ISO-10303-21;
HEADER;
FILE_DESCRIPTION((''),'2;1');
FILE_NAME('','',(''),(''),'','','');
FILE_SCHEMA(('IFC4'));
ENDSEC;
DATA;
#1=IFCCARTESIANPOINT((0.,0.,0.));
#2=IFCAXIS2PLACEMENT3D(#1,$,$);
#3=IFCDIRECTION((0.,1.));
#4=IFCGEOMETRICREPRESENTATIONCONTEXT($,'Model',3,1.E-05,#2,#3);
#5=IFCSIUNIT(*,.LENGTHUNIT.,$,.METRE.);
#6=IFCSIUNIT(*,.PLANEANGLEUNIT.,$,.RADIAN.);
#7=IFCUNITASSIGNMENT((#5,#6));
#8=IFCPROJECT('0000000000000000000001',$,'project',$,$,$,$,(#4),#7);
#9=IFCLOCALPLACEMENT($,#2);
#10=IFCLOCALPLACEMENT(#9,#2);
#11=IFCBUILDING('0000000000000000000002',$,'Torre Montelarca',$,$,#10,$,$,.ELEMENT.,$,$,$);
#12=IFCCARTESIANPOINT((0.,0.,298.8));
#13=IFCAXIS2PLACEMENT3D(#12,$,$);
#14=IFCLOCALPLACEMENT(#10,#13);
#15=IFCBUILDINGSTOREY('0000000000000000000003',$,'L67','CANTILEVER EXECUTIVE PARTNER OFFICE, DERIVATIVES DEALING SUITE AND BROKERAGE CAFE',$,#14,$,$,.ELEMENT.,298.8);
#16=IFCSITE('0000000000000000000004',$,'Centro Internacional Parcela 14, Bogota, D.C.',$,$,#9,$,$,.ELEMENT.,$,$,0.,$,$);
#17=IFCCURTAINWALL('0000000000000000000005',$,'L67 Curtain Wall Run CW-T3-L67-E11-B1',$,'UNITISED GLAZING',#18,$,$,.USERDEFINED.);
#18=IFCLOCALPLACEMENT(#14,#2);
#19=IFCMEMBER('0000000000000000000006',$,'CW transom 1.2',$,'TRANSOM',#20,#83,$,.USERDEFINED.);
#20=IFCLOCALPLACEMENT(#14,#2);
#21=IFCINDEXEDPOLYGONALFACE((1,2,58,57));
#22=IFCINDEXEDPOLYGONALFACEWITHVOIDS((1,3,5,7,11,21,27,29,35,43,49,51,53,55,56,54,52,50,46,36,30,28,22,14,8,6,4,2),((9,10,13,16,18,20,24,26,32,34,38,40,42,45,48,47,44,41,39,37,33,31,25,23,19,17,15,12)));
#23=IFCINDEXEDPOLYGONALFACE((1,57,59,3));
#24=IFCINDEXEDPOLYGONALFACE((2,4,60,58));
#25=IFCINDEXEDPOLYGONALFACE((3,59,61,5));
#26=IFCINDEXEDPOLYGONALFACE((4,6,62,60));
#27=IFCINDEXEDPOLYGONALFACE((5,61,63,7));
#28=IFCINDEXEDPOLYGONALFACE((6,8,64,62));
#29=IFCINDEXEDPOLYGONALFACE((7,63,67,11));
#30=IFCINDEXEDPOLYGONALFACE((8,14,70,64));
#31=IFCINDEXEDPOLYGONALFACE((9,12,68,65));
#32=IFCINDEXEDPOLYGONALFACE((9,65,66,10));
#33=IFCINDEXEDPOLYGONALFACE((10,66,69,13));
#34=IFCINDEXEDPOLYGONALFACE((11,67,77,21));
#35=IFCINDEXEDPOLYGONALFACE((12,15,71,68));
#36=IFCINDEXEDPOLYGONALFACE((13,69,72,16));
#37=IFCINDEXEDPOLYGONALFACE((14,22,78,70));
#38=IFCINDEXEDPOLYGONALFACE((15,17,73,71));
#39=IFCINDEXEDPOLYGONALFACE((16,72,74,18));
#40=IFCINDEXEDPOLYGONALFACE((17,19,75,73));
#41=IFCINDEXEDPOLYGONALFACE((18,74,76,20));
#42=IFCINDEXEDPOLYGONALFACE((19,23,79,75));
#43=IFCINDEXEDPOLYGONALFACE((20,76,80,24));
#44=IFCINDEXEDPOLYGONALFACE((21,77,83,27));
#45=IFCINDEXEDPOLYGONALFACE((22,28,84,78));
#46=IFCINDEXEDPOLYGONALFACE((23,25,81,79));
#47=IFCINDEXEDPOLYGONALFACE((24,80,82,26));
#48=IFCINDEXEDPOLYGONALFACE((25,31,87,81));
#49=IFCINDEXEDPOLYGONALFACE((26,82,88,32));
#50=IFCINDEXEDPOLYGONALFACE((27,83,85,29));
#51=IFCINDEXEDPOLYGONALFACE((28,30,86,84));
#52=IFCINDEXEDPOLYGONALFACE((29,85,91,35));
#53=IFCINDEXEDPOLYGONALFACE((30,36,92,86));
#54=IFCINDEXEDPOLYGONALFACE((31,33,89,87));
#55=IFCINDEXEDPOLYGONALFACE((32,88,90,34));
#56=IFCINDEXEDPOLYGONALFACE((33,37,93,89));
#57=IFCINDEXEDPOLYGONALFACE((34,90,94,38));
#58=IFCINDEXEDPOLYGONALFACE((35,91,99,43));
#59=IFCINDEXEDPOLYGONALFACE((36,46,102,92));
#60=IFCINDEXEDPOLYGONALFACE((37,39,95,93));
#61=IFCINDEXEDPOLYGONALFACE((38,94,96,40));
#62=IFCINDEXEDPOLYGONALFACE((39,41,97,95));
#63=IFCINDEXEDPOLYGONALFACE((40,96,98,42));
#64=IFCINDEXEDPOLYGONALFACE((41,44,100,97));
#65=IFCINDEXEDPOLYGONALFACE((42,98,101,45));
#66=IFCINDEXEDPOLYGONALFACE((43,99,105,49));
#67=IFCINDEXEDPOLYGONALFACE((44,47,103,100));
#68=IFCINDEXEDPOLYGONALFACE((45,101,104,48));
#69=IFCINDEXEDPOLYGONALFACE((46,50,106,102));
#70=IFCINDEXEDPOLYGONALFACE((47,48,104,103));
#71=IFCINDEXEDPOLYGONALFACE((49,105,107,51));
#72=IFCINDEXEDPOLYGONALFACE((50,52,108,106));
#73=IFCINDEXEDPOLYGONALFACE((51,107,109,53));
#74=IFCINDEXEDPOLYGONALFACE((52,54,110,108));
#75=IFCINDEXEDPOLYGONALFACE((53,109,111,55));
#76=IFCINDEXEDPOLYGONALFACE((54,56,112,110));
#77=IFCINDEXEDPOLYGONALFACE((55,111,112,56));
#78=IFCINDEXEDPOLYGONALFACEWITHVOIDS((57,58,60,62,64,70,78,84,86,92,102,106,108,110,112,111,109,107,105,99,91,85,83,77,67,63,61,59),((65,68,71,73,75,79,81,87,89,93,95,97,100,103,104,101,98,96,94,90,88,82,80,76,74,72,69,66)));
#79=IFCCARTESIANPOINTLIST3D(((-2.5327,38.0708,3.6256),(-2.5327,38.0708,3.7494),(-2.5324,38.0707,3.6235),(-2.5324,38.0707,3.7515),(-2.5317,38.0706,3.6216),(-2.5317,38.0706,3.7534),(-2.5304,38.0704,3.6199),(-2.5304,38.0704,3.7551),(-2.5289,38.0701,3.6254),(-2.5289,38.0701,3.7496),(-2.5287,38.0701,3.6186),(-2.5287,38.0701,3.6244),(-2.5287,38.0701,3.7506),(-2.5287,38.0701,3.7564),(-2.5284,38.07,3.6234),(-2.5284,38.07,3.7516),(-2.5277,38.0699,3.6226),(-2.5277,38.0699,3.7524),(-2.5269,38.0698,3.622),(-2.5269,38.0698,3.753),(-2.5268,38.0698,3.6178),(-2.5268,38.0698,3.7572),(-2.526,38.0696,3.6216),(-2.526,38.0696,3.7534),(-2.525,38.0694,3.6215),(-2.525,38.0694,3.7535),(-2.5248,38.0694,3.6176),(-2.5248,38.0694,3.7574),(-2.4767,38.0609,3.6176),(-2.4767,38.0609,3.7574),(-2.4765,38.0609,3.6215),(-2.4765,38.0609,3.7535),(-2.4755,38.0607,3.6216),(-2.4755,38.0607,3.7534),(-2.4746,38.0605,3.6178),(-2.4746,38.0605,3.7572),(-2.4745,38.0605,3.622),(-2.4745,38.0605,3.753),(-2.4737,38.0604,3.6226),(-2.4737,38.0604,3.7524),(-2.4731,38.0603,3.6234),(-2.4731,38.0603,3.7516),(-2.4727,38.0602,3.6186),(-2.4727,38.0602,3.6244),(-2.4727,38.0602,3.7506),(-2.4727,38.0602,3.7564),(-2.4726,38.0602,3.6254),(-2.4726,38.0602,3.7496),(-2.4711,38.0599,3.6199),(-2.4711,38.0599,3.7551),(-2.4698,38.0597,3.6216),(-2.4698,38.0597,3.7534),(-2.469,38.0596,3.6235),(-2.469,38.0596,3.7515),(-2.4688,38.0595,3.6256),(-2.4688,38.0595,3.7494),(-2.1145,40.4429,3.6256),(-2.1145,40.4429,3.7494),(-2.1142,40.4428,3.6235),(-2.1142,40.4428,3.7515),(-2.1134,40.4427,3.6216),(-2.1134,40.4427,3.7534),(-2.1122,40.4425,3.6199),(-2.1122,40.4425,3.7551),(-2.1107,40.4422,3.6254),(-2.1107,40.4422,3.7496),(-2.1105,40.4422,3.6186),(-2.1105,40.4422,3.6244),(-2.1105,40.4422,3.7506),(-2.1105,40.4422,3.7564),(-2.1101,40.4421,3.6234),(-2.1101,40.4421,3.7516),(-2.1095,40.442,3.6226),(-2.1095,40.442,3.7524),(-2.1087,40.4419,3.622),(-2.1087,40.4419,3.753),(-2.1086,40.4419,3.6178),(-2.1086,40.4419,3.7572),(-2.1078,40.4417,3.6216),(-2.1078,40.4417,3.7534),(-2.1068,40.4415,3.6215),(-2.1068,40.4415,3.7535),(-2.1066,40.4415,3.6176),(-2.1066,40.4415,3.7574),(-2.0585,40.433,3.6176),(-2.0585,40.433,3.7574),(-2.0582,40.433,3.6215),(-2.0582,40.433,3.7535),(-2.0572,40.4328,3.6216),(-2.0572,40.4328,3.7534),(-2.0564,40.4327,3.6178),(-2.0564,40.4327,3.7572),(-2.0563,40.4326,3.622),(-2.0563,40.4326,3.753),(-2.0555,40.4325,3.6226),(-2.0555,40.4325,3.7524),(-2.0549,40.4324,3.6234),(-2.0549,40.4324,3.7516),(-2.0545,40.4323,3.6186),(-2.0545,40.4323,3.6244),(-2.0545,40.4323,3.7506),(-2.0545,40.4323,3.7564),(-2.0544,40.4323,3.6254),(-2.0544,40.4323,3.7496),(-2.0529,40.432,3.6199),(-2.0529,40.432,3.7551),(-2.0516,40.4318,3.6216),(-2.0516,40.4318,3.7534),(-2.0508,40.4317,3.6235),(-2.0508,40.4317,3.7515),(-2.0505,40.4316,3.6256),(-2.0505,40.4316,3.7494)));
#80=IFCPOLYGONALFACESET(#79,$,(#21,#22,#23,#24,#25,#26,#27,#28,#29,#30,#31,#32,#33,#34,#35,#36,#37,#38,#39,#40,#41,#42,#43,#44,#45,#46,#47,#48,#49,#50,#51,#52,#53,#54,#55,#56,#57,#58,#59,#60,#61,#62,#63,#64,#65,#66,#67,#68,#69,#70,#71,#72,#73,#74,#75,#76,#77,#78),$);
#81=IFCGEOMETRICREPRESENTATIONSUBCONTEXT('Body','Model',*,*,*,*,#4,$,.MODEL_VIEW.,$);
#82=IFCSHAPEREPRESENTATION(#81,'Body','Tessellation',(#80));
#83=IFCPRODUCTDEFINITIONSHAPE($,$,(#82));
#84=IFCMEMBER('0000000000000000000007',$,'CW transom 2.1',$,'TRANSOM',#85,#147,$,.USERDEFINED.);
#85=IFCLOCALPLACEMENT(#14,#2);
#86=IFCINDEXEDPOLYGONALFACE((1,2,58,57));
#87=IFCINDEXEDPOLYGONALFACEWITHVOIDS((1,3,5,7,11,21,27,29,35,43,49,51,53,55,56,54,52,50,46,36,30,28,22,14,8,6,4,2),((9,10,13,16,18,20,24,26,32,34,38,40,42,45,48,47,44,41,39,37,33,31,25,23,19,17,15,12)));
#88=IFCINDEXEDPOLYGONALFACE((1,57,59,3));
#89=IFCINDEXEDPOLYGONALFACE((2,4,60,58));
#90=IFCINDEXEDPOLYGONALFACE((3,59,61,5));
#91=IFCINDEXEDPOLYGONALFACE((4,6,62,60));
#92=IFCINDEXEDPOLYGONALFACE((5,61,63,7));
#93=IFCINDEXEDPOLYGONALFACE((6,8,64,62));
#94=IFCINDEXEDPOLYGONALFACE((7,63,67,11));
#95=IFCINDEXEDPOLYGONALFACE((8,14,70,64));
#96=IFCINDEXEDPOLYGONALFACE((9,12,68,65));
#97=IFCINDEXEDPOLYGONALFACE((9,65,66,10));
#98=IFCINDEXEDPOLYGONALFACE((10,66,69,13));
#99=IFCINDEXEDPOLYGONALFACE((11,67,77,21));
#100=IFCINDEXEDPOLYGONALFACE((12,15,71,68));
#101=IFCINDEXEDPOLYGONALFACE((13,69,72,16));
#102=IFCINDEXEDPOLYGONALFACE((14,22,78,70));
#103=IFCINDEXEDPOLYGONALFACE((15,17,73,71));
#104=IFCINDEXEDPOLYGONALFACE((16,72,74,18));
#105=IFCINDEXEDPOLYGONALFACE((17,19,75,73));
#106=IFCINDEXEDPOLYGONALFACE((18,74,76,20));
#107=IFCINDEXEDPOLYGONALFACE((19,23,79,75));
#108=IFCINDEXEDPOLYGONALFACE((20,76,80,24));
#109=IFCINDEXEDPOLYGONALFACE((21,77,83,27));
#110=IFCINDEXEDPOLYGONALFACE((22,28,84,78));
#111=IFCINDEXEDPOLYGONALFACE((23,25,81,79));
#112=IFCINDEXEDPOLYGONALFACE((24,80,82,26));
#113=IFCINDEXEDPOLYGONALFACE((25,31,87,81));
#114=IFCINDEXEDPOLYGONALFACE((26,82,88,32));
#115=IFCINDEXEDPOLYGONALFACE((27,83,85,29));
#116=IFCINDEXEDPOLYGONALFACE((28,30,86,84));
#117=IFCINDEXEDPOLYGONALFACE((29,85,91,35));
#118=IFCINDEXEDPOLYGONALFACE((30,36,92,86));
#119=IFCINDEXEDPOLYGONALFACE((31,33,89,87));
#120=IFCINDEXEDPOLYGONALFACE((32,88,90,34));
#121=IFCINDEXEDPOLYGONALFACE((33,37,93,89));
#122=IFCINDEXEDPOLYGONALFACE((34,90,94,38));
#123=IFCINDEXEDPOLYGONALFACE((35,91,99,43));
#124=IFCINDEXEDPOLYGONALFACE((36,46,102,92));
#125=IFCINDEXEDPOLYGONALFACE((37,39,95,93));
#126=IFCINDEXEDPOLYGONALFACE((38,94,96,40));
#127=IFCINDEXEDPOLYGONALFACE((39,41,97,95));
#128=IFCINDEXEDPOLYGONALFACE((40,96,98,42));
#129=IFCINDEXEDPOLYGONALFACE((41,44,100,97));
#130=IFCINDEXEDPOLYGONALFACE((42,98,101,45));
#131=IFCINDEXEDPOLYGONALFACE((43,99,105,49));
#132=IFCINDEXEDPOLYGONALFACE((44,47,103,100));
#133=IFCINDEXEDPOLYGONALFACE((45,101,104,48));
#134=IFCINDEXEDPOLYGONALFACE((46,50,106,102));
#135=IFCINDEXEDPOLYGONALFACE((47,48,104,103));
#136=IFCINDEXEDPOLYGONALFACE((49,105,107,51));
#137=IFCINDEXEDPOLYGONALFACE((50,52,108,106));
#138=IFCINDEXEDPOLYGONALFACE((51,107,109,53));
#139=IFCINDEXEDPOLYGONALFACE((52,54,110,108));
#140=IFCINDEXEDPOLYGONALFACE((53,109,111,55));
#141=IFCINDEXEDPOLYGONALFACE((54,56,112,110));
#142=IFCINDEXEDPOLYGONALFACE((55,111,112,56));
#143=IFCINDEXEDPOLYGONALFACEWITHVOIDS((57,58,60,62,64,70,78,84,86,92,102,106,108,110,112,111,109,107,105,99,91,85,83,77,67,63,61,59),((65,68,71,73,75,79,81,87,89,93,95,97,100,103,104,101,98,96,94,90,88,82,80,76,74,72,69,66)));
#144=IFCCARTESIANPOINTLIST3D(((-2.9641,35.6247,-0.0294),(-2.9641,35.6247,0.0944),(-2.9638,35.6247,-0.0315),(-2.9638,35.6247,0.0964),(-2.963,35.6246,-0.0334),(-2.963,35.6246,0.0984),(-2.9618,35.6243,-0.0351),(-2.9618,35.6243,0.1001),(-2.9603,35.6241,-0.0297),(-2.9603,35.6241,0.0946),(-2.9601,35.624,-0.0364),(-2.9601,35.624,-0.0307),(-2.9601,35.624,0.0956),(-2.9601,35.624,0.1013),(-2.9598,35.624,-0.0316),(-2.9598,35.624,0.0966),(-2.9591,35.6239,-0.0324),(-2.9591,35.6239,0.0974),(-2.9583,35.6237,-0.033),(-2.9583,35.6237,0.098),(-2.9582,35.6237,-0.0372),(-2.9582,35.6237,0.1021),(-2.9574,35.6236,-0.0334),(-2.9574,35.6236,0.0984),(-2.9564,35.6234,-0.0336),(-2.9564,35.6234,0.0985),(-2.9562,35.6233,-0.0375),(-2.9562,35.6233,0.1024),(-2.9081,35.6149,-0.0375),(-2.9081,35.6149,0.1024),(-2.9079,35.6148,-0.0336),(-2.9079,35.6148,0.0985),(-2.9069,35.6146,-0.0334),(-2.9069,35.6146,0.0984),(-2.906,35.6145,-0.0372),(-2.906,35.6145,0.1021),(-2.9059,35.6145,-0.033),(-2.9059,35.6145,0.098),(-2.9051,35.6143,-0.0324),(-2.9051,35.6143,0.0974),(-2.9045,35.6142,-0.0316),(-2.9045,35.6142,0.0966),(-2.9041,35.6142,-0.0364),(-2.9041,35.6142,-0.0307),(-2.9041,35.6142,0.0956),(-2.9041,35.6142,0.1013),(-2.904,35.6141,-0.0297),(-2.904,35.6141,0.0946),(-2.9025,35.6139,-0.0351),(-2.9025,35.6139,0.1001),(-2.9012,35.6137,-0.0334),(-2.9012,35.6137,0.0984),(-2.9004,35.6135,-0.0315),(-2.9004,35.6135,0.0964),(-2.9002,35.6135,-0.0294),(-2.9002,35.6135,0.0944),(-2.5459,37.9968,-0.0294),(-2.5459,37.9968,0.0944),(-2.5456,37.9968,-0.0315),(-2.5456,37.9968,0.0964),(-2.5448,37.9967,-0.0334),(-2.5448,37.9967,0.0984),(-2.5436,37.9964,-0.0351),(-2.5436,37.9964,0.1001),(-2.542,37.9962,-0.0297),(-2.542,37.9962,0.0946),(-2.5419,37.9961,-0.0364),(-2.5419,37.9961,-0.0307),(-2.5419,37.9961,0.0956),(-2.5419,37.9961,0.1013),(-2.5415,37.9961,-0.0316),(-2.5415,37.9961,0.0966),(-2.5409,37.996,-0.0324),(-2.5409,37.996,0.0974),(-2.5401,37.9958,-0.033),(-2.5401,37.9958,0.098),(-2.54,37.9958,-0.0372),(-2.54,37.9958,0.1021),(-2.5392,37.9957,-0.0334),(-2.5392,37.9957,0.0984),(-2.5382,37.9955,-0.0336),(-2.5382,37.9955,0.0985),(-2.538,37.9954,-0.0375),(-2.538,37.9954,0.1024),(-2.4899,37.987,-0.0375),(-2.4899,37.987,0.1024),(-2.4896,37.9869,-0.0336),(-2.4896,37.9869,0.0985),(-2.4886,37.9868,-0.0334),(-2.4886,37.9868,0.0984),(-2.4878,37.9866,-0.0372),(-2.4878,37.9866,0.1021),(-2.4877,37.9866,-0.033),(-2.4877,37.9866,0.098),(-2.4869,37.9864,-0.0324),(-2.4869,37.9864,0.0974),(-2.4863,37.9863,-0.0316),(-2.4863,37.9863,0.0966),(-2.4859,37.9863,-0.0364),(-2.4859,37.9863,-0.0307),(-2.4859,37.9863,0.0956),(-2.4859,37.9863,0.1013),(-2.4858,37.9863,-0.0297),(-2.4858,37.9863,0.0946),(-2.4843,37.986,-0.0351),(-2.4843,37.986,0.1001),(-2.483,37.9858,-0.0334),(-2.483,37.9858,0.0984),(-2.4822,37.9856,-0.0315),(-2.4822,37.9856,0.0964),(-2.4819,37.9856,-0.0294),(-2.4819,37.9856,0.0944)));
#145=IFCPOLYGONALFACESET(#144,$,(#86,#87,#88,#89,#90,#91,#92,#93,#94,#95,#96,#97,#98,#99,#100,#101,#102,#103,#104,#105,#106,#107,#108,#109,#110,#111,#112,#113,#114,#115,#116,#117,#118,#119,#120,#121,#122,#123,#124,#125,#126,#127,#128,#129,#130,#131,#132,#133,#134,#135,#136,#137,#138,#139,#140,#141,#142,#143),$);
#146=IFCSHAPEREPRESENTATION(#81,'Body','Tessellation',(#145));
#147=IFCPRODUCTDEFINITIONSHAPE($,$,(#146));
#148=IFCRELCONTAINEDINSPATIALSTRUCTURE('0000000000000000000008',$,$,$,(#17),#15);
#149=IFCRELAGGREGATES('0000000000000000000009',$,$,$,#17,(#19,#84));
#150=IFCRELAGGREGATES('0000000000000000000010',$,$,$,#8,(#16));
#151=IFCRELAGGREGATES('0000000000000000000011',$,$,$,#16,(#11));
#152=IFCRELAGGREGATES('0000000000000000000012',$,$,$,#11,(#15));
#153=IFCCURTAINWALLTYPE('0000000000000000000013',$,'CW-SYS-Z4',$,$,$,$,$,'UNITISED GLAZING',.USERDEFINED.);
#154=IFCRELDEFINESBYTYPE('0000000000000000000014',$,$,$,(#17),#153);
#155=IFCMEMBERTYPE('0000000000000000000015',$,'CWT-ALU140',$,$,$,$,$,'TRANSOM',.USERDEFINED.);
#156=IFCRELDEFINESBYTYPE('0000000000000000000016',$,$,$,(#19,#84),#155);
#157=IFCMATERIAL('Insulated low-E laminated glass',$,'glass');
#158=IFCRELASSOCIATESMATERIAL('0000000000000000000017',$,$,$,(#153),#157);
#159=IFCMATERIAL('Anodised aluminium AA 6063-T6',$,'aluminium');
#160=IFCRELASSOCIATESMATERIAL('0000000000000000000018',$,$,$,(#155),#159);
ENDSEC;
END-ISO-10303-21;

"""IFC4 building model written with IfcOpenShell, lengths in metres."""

from ifc_helpers import new_model, si_unit, direction, frame, origin, origin_2d, place, context, subcontext, project, spatial, hollow_rectangle, extrude, source, transform, mapped, material, material_profile, profile_set, type_object, element, aggregate, save


model = new_model("IFC4")

# Units and contexts
model_context = context("Model", 3, precision=1e-05, world=origin(), true_north=direction((0.0, 1.0)))
body_context = subcontext(model_context, "Body", "Model", "MODEL_VIEW")
ifc_project = project(units=[si_unit("LENGTHUNIT", "METRE"), si_unit("PLANEANGLEUNIT", "RADIAN")], contexts=[model_context])

# Site, building, storey
site_placement = place(None, origin())
site = spatial("IfcSite", under=ifc_project, at=site_placement, Name="Centro Internacional Parcela 14, Bogota, D.C.", CompositionType="ELEMENT", RefElevation=0.0)
building_placement = place(site_placement, origin())
building = spatial("IfcBuilding", under=site, at=building_placement, Name="Torre Montelarca", CompositionType="ELEMENT")
storey_placement = place(building_placement, frame((0.0, 0.0, 298.8)))
storey = spatial("IfcBuildingStorey", under=building, at=storey_placement, Name="L67", Description="CANTILEVER EXECUTIVE PARTNER OFFICE, DERIVATIVES DEALING SUITE AND BROKERAGE CAFE", CompositionType="ELEMENT", Elevation=298.8)

# Curtain wall, members
ifc_material_1 = material(Name="Insulated low-E laminated glass", Category="glass")
curtain_wall_type = type_object("IfcCurtainWallType", Name="CW-SYS-Z4", ElementType="UNITISED GLAZING", PredefinedType="USERDEFINED", material=ifc_material_1)
ifc_material_2 = material(Name="Anodised aluminium AA 6063-T6", Category="aluminium")
curtain_wall_1_placement = place(storey_placement, origin())
curtain_wall_1 = element("IfcCurtainWall", 1, at=curtain_wall_1_placement, inside=storey, type_object=curtain_wall_type, Name="L67 Curtain Wall Run CW-T3-L67-E11-B1", ObjectType="UNITISED GLAZING", PredefinedType="USERDEFINED")
ifc_material_profile_1 = material_profile(ifc_material_2, hollow_rectangle(XDim=0.0649, YDim=0.1399, WallThickness=0.0039, InnerFilletRadius=0.0039, OuterFilletRadius=0.0081, at=origin_2d()), Name="ALU65X140X4", Category="aluminium")
ifc_profile_set_1 = profile_set([ifc_material_profile_1], Name="Anodised aluminium AA 6063-T6")
member_type_1 = type_object("IfcMemberType", Name="CWT-ALU140", ElementType="TRANSOM", PredefinedType="USERDEFINED", material=ifc_profile_set_1)
shared_shape_1 = source(origin(), body_context, "Body", "SweptSolid", [
    extrude(hollow_rectangle(XDim=0.0649, YDim=0.1399, WallThickness=0.0039, InnerFilletRadius=0.0039, OuterFilletRadius=0.0081, at=origin_2d()), origin(), (0.0, 0.0, 1.0), 2.4087),
])
member_1_placement = place(storey_placement, frame((-2.0825, 40.4373, 3.6875), z_axis=(-0.173629, -0.984811, 0.0), x_axis=(0.984811, -0.173629, 0.0)))
member_1 = element("IfcMember", 2, at=member_1_placement, type_object=member_type_1, Name="CW transom 1.2", ObjectType="TRANSOM", PredefinedType="USERDEFINED", context=body_context, shape_type="MappedRepresentation", body=[
    mapped(shared_shape_1, transform((0.0, 0.0, 0.0), scale=1.0)),
])
member_2_placement = place(storey_placement, frame((-2.5139, 37.9912, 0.0325), z_axis=(-0.173629, -0.984811, 0.0), x_axis=(0.984811, -0.173629, 0.0)))
member_2 = element("IfcMember", 3, at=member_2_placement, type_object=member_type_1, Name="CW transom 2.1", ObjectType="TRANSOM", PredefinedType="USERDEFINED", context=body_context, shape_type="MappedRepresentation", body=[
    mapped(shared_shape_1, transform((0.0, 0.0, 0.0), scale=1.0)),
])

aggregate(curtain_wall_1, [member_1, member_2])

save(model, "model.ifc")
